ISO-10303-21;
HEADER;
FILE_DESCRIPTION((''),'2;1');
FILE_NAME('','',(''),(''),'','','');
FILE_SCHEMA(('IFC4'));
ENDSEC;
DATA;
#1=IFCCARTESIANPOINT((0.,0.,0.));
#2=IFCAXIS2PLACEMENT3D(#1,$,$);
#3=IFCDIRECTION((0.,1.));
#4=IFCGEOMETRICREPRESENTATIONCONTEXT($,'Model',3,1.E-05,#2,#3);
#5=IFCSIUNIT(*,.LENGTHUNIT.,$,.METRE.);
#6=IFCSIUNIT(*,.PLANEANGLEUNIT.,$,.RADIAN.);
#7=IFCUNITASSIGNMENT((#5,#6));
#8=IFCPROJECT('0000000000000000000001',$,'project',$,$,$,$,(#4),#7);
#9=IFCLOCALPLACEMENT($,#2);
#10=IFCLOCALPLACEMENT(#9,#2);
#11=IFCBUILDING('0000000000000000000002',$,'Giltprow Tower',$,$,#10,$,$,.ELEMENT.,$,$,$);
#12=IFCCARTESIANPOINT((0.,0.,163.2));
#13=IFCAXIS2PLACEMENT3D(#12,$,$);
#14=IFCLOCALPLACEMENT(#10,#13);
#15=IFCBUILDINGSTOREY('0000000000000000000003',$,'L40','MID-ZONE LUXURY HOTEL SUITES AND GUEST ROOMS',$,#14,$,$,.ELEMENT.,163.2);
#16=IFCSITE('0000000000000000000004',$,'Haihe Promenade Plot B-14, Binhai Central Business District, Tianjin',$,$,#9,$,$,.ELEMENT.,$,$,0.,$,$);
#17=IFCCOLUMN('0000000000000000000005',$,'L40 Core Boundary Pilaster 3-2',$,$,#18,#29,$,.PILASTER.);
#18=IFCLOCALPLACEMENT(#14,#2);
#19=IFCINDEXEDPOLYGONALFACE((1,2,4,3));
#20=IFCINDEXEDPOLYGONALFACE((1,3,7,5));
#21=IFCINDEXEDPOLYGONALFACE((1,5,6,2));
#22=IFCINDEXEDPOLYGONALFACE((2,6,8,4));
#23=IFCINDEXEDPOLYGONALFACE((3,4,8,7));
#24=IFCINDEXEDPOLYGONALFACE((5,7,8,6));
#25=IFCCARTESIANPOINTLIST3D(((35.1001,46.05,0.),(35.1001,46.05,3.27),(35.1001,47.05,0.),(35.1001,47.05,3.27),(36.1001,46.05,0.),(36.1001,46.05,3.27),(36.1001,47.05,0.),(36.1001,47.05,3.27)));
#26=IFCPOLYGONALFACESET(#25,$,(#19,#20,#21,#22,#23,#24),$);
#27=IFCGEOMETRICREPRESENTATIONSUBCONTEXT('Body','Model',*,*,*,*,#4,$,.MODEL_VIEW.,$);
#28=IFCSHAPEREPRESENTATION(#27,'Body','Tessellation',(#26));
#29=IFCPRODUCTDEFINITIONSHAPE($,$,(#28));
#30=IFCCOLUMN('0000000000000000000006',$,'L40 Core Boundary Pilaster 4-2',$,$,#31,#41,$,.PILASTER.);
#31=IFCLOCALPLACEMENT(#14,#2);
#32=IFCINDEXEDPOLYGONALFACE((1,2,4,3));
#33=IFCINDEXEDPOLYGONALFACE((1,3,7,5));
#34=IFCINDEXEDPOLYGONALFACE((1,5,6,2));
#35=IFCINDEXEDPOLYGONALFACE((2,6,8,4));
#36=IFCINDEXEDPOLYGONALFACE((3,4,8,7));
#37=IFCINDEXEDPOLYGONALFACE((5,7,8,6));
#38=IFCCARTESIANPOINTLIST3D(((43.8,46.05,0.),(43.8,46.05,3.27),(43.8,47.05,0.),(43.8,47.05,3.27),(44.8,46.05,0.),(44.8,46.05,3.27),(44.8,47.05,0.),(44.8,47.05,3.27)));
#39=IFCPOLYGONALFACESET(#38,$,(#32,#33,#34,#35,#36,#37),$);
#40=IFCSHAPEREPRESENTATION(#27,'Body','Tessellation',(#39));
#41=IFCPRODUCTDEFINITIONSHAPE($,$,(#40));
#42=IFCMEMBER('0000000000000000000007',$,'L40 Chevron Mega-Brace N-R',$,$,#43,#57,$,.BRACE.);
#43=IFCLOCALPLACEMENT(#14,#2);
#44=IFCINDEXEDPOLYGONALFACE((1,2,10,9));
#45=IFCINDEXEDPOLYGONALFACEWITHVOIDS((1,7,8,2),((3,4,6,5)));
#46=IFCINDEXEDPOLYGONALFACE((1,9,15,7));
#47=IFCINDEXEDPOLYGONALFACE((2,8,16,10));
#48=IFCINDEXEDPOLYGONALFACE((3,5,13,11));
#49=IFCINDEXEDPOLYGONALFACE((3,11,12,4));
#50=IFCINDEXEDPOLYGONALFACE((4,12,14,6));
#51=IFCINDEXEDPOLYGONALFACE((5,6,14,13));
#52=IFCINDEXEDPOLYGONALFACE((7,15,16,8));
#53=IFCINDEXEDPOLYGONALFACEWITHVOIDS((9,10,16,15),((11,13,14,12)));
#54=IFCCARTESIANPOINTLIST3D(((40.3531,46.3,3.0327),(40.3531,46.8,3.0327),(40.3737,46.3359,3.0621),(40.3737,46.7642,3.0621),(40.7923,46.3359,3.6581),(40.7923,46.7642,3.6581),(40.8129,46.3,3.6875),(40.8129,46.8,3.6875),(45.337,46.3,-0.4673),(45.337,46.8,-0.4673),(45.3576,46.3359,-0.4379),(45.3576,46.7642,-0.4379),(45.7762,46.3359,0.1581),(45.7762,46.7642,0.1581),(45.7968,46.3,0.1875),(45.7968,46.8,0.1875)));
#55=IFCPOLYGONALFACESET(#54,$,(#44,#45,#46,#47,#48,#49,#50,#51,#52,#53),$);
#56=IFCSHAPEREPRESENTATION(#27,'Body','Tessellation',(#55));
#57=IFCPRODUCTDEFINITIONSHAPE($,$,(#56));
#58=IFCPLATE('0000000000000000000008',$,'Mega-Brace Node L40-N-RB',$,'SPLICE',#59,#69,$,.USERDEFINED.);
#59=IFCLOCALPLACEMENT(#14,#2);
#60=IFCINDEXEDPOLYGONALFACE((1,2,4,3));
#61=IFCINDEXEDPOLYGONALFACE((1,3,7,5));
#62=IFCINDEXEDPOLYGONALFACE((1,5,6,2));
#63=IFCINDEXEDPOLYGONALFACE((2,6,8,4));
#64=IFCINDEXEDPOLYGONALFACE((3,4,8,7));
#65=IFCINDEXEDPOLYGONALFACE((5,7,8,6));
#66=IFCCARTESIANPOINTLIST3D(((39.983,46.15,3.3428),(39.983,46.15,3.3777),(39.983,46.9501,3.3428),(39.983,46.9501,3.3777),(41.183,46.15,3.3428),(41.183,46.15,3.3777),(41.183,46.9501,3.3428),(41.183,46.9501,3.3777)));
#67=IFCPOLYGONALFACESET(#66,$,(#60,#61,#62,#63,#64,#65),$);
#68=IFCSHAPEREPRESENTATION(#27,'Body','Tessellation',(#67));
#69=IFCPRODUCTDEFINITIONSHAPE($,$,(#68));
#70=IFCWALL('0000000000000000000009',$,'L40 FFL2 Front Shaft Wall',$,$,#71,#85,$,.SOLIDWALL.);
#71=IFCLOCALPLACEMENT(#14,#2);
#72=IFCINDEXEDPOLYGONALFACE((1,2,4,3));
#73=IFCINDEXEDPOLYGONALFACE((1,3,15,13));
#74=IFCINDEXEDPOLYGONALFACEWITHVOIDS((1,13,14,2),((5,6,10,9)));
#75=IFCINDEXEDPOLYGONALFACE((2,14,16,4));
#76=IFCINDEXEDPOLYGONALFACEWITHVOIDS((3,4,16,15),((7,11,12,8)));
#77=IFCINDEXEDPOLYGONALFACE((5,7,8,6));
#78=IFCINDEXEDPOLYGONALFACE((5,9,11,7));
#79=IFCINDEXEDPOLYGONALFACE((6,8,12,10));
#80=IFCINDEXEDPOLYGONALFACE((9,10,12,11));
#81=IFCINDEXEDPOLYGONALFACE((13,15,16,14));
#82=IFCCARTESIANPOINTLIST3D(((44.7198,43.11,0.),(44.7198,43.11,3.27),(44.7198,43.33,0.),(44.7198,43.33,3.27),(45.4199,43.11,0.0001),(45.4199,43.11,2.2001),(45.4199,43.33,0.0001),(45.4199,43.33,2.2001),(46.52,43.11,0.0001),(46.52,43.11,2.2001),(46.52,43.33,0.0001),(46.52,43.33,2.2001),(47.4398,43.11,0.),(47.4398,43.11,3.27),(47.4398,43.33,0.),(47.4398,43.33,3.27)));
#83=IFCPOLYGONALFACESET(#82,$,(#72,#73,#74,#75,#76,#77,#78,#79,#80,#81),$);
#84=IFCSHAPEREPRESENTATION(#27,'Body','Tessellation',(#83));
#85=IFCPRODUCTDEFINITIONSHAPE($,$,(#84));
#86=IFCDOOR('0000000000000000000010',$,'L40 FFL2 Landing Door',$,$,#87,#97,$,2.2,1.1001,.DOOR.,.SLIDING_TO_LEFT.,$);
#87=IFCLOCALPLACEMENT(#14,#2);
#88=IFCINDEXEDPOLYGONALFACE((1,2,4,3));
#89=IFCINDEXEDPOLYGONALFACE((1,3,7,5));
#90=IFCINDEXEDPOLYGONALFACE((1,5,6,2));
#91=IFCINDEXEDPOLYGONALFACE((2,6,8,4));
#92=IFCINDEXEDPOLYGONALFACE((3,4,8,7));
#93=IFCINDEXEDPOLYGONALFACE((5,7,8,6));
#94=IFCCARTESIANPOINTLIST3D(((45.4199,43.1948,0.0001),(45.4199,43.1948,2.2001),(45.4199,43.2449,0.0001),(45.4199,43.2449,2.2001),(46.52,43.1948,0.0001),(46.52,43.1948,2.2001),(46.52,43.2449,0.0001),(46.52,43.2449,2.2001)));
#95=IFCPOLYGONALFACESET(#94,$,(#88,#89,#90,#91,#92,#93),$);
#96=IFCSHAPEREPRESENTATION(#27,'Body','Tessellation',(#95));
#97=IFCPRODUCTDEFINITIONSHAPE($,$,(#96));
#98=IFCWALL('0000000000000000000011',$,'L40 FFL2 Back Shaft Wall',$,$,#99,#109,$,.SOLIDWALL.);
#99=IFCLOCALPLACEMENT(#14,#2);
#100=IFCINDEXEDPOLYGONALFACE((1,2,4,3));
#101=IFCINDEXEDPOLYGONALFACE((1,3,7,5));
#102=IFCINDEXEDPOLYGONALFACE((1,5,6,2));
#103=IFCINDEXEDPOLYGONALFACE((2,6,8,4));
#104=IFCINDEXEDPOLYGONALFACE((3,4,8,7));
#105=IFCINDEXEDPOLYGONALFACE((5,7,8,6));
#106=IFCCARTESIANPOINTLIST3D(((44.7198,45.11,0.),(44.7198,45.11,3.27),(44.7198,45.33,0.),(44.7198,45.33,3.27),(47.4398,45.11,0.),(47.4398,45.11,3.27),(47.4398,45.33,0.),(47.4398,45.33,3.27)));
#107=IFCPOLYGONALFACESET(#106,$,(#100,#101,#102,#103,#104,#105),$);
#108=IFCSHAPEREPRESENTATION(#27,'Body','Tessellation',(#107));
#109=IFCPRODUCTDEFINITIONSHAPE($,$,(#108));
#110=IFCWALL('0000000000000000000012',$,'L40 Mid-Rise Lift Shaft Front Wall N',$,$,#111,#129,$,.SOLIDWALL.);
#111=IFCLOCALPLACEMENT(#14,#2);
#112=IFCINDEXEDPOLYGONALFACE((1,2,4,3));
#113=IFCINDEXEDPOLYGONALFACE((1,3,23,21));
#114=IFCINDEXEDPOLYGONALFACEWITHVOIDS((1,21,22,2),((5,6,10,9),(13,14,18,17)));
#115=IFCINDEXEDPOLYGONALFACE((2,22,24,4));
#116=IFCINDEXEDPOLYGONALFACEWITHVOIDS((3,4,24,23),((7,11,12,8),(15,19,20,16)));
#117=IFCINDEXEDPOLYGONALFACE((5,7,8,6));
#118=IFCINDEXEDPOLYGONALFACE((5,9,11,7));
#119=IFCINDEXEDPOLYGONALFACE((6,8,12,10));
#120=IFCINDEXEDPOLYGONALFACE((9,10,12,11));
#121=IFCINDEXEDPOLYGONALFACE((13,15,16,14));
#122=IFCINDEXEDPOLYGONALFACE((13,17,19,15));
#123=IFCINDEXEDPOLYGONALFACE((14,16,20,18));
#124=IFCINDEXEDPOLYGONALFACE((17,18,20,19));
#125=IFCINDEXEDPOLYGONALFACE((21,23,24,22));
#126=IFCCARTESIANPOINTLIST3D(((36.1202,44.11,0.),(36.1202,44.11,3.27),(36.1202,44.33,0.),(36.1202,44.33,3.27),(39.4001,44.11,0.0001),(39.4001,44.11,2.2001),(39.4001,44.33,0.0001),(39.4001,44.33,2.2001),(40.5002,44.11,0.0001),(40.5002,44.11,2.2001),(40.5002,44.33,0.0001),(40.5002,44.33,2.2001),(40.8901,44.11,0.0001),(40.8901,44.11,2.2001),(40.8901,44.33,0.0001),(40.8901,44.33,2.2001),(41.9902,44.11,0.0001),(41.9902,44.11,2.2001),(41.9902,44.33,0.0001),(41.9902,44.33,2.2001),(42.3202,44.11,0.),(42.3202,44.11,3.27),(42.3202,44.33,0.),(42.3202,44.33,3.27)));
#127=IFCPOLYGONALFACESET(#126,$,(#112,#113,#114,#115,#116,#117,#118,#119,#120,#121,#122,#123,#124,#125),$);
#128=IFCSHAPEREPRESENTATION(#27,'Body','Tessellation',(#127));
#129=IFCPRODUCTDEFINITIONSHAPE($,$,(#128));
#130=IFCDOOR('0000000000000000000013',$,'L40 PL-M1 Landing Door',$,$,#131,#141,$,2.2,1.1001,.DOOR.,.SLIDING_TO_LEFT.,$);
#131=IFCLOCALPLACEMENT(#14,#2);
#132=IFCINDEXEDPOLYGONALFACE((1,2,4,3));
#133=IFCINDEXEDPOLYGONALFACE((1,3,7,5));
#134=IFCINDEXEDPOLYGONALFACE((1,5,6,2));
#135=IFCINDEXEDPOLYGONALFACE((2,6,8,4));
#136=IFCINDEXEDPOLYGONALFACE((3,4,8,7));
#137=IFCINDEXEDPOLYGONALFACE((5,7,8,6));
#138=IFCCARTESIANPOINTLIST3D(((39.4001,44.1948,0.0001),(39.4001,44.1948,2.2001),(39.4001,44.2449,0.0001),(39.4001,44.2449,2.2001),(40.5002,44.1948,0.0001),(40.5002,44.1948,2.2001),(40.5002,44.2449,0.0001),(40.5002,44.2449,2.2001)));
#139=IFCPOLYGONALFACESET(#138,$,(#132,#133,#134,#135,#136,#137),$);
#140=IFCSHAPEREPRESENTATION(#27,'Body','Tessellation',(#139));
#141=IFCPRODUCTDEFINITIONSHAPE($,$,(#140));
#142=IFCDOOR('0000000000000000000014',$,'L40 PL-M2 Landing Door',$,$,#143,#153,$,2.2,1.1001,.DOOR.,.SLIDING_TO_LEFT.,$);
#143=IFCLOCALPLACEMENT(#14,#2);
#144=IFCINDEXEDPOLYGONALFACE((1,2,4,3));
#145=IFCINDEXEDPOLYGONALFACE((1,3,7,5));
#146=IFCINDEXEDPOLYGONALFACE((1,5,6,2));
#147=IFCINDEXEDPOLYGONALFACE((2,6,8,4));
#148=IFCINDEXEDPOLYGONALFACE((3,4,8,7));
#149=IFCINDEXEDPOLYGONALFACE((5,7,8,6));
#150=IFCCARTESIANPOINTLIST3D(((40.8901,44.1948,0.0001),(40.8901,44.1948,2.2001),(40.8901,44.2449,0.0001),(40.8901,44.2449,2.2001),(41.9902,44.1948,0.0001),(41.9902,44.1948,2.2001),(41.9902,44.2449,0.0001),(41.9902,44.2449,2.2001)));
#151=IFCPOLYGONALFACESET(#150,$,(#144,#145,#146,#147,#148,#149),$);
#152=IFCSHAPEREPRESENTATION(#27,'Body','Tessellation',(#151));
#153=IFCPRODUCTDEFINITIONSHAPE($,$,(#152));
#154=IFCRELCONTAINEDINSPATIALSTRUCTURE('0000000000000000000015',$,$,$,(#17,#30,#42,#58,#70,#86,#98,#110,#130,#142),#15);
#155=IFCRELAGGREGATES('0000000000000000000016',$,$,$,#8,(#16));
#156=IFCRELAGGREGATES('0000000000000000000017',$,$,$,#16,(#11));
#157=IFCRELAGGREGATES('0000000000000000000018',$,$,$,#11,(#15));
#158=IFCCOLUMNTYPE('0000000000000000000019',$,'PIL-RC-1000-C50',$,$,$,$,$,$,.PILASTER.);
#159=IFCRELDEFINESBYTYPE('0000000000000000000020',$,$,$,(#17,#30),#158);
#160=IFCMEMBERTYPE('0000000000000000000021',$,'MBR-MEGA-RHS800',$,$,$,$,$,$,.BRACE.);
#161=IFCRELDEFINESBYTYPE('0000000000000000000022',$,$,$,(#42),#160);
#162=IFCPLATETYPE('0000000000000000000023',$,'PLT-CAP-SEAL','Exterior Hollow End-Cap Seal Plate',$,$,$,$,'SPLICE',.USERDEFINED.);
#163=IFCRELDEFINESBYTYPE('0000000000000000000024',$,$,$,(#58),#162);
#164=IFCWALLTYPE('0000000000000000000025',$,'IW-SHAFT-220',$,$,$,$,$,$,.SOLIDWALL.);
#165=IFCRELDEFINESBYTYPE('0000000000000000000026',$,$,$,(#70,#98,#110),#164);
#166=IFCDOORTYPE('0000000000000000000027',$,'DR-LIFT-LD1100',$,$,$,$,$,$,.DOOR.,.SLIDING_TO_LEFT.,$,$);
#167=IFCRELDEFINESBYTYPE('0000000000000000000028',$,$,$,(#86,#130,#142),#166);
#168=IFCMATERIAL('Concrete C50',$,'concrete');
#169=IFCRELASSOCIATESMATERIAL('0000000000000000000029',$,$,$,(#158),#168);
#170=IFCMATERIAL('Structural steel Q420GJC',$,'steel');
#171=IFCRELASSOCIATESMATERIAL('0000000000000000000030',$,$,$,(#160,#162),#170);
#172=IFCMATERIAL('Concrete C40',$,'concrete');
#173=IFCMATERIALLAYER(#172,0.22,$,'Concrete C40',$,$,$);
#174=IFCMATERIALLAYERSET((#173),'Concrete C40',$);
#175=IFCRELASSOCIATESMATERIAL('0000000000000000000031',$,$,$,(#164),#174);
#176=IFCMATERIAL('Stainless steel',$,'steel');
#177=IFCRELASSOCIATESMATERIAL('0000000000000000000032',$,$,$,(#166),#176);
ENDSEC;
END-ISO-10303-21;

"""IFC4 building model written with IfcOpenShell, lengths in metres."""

from ifc_helpers import new_model, si_unit, direction, frame, frame_2d, origin, origin_2d, place, context, subcontext, project, spatial, rectangle, hollow_rectangle, extrude, source, transform, mapped, material, layer, layer_set, material_profile, profile_set, type_object, element, fill, save


model = new_model("IFC4")

# Units and contexts
model_context = context("Model", 3, precision=1e-05, world=origin(), true_north=direction((0.0, 1.0)))
body_context = subcontext(model_context, "Body", "Model", "MODEL_VIEW")
ifc_project = project(units=[si_unit("LENGTHUNIT", "METRE"), si_unit("PLANEANGLEUNIT", "RADIAN")], contexts=[model_context])

# Site, building, storey
site_placement = place(None, origin())
site = spatial("IfcSite", under=ifc_project, at=site_placement, Name="Haihe Promenade Plot B-14, Binhai Central Business District, Tianjin", CompositionType="ELEMENT", RefElevation=0.0)
building_placement = place(site_placement, origin())
building = spatial("IfcBuilding", under=site, at=building_placement, Name="Giltprow Tower", CompositionType="ELEMENT")
storey_placement = place(building_placement, frame((0.0, 0.0, 163.2)))
storey = spatial("IfcBuildingStorey", under=building, at=storey_placement, Name="L40", Description="MID-ZONE LUXURY HOTEL SUITES AND GUEST ROOMS", CompositionType="ELEMENT", Elevation=163.2)

# Columns
ifc_material_1 = material(Name="Concrete C50", Category="concrete")
ifc_material_profile_1 = material_profile(ifc_material_1, rectangle(XDim=1.0, YDim=1.0, at=origin_2d()), Name="RC 1000x1000")
ifc_profile_set_1 = profile_set([ifc_material_profile_1], Name="Concrete C50")
column_type = type_object("IfcColumnType", Name="PIL-RC-1000-C50", PredefinedType="PILASTER", material=ifc_profile_set_1)
shared_shape_1 = source(origin(), body_context, "Body", "SweptSolid", [
    extrude(rectangle(XDim=1.0, YDim=1.0, at=origin_2d()), origin(), (0.0, 0.0, 1.0), 3.27),
])
for number, where, z_axis, x_axis, name in (
    (1, (35.6001, 46.55, 0.0), (0.0, 0.0, 1.0), (1.0, 0.0, 0.0), "L40 Core Boundary Pilaster 3-2"),
    (2, (44.3, 46.55, 0.0), (0.0, 0.0, 1.0), (1.0, 0.0, 0.0), "L40 Core Boundary Pilaster 4-2"),
):
    element("IfcColumn", number, at=place(storey_placement, frame(where, z_axis=z_axis, x_axis=x_axis)), inside=storey, type_object=column_type, Name=name, PredefinedType="PILASTER", context=body_context, shape_type="MappedRepresentation", body=[
        mapped(shared_shape_1, transform((0.0, 0.0, 0.0), x_axis=(1.0, 0.0, 0.0), y_axis=(0.0, 1.0, 0.0), z_axis=(0.0, 0.0, 1.0), scale=1.0)),
    ])

# Member
ifc_material_2 = material(Name="Structural steel Q420GJC", Category="steel")
ifc_material_profile_2 = material_profile(ifc_material_2, hollow_rectangle(XDim=0.5, YDim=0.8, WallThickness=0.0359, at=origin_2d()), Name="RHS 800x500x36")
ifc_profile_set_2 = profile_set([ifc_material_profile_2], Name="Structural steel Q420GJC")
member_type = type_object("IfcMemberType", Name="MBR-MEGA-RHS800", PredefinedType="BRACE", material=ifc_profile_set_2)
shared_shape_2 = source(origin(), body_context, "Body", "SweptSolid", [
    extrude(hollow_rectangle(XDim=0.5, YDim=0.8, WallThickness=0.0359, at=origin_2d()), origin(), (0.0, 0.0, 1.0), 6.0901),
])
member_placement = place(storey_placement, frame((45.5669, 46.55, -0.1399), z_axis=(-0.818361, 0.0, 0.574705), x_axis=(0.0, -1.0, 0.0)))
element("IfcMember", 3, at=member_placement, inside=storey, type_object=member_type, Name="L40 Chevron Mega-Brace N-R", PredefinedType="BRACE", context=body_context, shape_type="MappedRepresentation", body=[
    mapped(shared_shape_2, transform((0.0, 0.0, 0.0), x_axis=(1.0, 0.0, 0.0), y_axis=(0.0, 1.0, 0.0), z_axis=(0.0, 0.0, 1.0), scale=1.0)),
])

# Plate
plate_type = type_object("IfcPlateType", Name="PLT-CAP-SEAL", Description="Exterior Hollow End-Cap Seal Plate", ElementType="SPLICE", PredefinedType="USERDEFINED", material=ifc_material_2)
shared_shape_3 = source(origin(), body_context, "Body", "SweptSolid", [
    extrude(rectangle(XDim=1.2, YDim=0.8, at=origin_2d()), origin(), (0.0, 0.0, 1.0), 0.0349),
])
plate_placement = place(storey_placement, frame((40.583, 46.55, 3.3428), z_axis=(0.0, 0.0, 1.0), x_axis=(1.0, 0.0, 0.0)))
element("IfcPlate", 4, at=plate_placement, inside=storey, type_object=plate_type, Name="Mega-Brace Node L40-N-RB", ObjectType="SPLICE", PredefinedType="USERDEFINED", context=body_context, shape_type="MappedRepresentation", body=[
    mapped(shared_shape_3, transform((0.0, 0.0, 0.0), x_axis=(1.0, 0.0, 0.0), y_axis=(0.0, 1.0, 0.0), z_axis=(0.0, 0.0, 1.0), scale=1.0)),
])

# Wall, opening, door
ifc_material_3 = material(Name="Concrete C40", Category="concrete")
ifc_layer_1 = layer(ifc_material_3, 0.22, Name="Concrete C40")
ifc_layer_set_1 = layer_set([ifc_layer_1], Name="Concrete C40")
wall_type_1 = type_object("IfcWallType", Name="IW-SHAFT-220", PredefinedType="SOLIDWALL", material=ifc_layer_set_1)
wall_1_placement = place(storey_placement, frame((44.72, 43.22, 0.0), z_axis=(0.0, 0.0, 1.0), x_axis=(1.0, 0.0, 0.0)))
wall_1 = element("IfcWall", 5, at=wall_1_placement, inside=storey, type_object=wall_type_1, Name="L40 FFL2 Front Shaft Wall", PredefinedType="SOLIDWALL", context=body_context, shape_type="SweptSolid", body=[
    extrude(rectangle(XDim=2.72, YDim=0.22, at=frame_2d((1.3599, 0.0))), origin(), (0.0, 0.0, 1.0), 3.27),
])
opening_1_placement = place(wall_1_placement, frame((0.7, 0.0, 0.0)))
opening_1 = element("IfcOpeningElement", 6, at=opening_1_placement, cuts=wall_1, PredefinedType="OPENING", context=body_context, shape_type="SweptSolid", body=[
    extrude(rectangle(XDim=1.1001, YDim=2.2, at=frame_2d((0.55, 1.1001))), frame((0.0, 0.1199, 0.0), z_axis=(0.0, -1.0, 0.0), x_axis=(1.0, 0.0, 0.0)), (0.0, 0.0, 1.0), 0.24),
])
ifc_material_4 = material(Name="Stainless steel", Category="steel")
door_type_1 = type_object("IfcDoorType", Name="DR-LIFT-LD1100", OperationType="SLIDING_TO_LEFT", PredefinedType="DOOR", material=ifc_material_4)
shared_shape_4 = source(origin(), body_context, "Body", "SweptSolid", [
    extrude(rectangle(XDim=1.1001, YDim=2.2, at=frame_2d((0.55, 1.1001))), frame((0.0, 0.0249, 0.0), z_axis=(0.0, -1.0, 0.0), x_axis=(1.0, 0.0, 0.0)), (0.0, 0.0, 1.0), 0.05),
])
door_1_placement = place(opening_1_placement, origin())
door_1 = element("IfcDoor", 7, at=door_1_placement, inside=storey, type_object=door_type_1, Name="L40 FFL2 Landing Door", OperationType="SLIDING_TO_LEFT", OverallHeight=2.2, OverallWidth=1.1001, PredefinedType="DOOR", context=body_context, shape_type="MappedRepresentation", body=[
    mapped(shared_shape_4, transform((0.0, 0.0, 0.0), x_axis=(1.0, 0.0, 0.0), y_axis=(0.0, 1.0, 0.0), z_axis=(0.0, 0.0, 1.0), scale=1.0)),
])
fill(opening_1, door_1)

# Wall
wall_2_placement = place(storey_placement, frame((44.72, 45.22, 0.0), z_axis=(0.0, 0.0, 1.0), x_axis=(1.0, 0.0, 0.0)))
element("IfcWall", 8, at=wall_2_placement, inside=storey, type_object=wall_type_1, Name="L40 FFL2 Back Shaft Wall", PredefinedType="SOLIDWALL", context=body_context, shape_type="SweptSolid", body=[
    extrude(rectangle(XDim=2.72, YDim=0.22, at=frame_2d((1.3599, 0.0))), origin(), (0.0, 0.0, 1.0), 3.27),
])

# Wall, openings, doors
wall_3_placement = place(storey_placement, frame((36.1201, 44.22, 0.0), z_axis=(0.0, 0.0, 1.0), x_axis=(1.0, 0.0, 0.0)))
wall_3 = element("IfcWall", 9, at=wall_3_placement, inside=storey, type_object=wall_type_1, Name="L40 Mid-Rise Lift Shaft Front Wall N", PredefinedType="SOLIDWALL", context=body_context, shape_type="SweptSolid", body=[
    extrude(rectangle(XDim=6.2, YDim=0.22, at=frame_2d((3.1001, 0.0))), origin(), (0.0, 0.0, 1.0), 3.27),
])
opening_2_placement = place(wall_3_placement, frame((3.28, 0.0, 0.0)))
opening_2 = element("IfcOpeningElement", 10, at=opening_2_placement, cuts=wall_3, PredefinedType="OPENING", context=body_context, shape_type="SweptSolid", body=[
    extrude(rectangle(XDim=1.1001, YDim=2.2, at=frame_2d((0.55, 1.1001))), frame((0.0, 0.1199, 0.0), z_axis=(0.0, -1.0, 0.0), x_axis=(1.0, 0.0, 0.0)), (0.0, 0.0, 1.0), 0.24),
])
opening_3_placement = place(wall_3_placement, frame((4.77, 0.0, 0.0)))
opening_3 = element("IfcOpeningElement", 11, at=opening_3_placement, cuts=wall_3, PredefinedType="OPENING", context=body_context, shape_type="SweptSolid", body=[
    extrude(rectangle(XDim=1.1001, YDim=2.2, at=frame_2d((0.55, 1.1001))), frame((0.0, 0.1199, 0.0), z_axis=(0.0, -1.0, 0.0), x_axis=(1.0, 0.0, 0.0)), (0.0, 0.0, 1.0), 0.24),
])
door_2_placement = place(opening_2_placement, origin())
door_2 = element("IfcDoor", 12, at=door_2_placement, inside=storey, type_object=door_type_1, Name="L40 PL-M1 Landing Door", OperationType="SLIDING_TO_LEFT", OverallHeight=2.2, OverallWidth=1.1001, PredefinedType="DOOR", context=body_context, shape_type="MappedRepresentation", body=[
    mapped(shared_shape_4, transform((0.0, 0.0, 0.0), x_axis=(1.0, 0.0, 0.0), y_axis=(0.0, 1.0, 0.0), z_axis=(0.0, 0.0, 1.0), scale=1.0)),
])
fill(opening_2, door_2)
door_3_placement = place(opening_3_placement, origin())
door_3 = element("IfcDoor", 13, at=door_3_placement, inside=storey, type_object=door_type_1, Name="L40 PL-M2 Landing Door", OperationType="SLIDING_TO_LEFT", OverallHeight=2.2, OverallWidth=1.1001, PredefinedType="DOOR", context=body_context, shape_type="MappedRepresentation", body=[
    mapped(shared_shape_4, transform((0.0, 0.0, 0.0), x_axis=(1.0, 0.0, 0.0), y_axis=(0.0, 1.0, 0.0), z_axis=(0.0, 0.0, 1.0), scale=1.0)),
])
fill(opening_3, door_3)

save(model, "model.ifc")
